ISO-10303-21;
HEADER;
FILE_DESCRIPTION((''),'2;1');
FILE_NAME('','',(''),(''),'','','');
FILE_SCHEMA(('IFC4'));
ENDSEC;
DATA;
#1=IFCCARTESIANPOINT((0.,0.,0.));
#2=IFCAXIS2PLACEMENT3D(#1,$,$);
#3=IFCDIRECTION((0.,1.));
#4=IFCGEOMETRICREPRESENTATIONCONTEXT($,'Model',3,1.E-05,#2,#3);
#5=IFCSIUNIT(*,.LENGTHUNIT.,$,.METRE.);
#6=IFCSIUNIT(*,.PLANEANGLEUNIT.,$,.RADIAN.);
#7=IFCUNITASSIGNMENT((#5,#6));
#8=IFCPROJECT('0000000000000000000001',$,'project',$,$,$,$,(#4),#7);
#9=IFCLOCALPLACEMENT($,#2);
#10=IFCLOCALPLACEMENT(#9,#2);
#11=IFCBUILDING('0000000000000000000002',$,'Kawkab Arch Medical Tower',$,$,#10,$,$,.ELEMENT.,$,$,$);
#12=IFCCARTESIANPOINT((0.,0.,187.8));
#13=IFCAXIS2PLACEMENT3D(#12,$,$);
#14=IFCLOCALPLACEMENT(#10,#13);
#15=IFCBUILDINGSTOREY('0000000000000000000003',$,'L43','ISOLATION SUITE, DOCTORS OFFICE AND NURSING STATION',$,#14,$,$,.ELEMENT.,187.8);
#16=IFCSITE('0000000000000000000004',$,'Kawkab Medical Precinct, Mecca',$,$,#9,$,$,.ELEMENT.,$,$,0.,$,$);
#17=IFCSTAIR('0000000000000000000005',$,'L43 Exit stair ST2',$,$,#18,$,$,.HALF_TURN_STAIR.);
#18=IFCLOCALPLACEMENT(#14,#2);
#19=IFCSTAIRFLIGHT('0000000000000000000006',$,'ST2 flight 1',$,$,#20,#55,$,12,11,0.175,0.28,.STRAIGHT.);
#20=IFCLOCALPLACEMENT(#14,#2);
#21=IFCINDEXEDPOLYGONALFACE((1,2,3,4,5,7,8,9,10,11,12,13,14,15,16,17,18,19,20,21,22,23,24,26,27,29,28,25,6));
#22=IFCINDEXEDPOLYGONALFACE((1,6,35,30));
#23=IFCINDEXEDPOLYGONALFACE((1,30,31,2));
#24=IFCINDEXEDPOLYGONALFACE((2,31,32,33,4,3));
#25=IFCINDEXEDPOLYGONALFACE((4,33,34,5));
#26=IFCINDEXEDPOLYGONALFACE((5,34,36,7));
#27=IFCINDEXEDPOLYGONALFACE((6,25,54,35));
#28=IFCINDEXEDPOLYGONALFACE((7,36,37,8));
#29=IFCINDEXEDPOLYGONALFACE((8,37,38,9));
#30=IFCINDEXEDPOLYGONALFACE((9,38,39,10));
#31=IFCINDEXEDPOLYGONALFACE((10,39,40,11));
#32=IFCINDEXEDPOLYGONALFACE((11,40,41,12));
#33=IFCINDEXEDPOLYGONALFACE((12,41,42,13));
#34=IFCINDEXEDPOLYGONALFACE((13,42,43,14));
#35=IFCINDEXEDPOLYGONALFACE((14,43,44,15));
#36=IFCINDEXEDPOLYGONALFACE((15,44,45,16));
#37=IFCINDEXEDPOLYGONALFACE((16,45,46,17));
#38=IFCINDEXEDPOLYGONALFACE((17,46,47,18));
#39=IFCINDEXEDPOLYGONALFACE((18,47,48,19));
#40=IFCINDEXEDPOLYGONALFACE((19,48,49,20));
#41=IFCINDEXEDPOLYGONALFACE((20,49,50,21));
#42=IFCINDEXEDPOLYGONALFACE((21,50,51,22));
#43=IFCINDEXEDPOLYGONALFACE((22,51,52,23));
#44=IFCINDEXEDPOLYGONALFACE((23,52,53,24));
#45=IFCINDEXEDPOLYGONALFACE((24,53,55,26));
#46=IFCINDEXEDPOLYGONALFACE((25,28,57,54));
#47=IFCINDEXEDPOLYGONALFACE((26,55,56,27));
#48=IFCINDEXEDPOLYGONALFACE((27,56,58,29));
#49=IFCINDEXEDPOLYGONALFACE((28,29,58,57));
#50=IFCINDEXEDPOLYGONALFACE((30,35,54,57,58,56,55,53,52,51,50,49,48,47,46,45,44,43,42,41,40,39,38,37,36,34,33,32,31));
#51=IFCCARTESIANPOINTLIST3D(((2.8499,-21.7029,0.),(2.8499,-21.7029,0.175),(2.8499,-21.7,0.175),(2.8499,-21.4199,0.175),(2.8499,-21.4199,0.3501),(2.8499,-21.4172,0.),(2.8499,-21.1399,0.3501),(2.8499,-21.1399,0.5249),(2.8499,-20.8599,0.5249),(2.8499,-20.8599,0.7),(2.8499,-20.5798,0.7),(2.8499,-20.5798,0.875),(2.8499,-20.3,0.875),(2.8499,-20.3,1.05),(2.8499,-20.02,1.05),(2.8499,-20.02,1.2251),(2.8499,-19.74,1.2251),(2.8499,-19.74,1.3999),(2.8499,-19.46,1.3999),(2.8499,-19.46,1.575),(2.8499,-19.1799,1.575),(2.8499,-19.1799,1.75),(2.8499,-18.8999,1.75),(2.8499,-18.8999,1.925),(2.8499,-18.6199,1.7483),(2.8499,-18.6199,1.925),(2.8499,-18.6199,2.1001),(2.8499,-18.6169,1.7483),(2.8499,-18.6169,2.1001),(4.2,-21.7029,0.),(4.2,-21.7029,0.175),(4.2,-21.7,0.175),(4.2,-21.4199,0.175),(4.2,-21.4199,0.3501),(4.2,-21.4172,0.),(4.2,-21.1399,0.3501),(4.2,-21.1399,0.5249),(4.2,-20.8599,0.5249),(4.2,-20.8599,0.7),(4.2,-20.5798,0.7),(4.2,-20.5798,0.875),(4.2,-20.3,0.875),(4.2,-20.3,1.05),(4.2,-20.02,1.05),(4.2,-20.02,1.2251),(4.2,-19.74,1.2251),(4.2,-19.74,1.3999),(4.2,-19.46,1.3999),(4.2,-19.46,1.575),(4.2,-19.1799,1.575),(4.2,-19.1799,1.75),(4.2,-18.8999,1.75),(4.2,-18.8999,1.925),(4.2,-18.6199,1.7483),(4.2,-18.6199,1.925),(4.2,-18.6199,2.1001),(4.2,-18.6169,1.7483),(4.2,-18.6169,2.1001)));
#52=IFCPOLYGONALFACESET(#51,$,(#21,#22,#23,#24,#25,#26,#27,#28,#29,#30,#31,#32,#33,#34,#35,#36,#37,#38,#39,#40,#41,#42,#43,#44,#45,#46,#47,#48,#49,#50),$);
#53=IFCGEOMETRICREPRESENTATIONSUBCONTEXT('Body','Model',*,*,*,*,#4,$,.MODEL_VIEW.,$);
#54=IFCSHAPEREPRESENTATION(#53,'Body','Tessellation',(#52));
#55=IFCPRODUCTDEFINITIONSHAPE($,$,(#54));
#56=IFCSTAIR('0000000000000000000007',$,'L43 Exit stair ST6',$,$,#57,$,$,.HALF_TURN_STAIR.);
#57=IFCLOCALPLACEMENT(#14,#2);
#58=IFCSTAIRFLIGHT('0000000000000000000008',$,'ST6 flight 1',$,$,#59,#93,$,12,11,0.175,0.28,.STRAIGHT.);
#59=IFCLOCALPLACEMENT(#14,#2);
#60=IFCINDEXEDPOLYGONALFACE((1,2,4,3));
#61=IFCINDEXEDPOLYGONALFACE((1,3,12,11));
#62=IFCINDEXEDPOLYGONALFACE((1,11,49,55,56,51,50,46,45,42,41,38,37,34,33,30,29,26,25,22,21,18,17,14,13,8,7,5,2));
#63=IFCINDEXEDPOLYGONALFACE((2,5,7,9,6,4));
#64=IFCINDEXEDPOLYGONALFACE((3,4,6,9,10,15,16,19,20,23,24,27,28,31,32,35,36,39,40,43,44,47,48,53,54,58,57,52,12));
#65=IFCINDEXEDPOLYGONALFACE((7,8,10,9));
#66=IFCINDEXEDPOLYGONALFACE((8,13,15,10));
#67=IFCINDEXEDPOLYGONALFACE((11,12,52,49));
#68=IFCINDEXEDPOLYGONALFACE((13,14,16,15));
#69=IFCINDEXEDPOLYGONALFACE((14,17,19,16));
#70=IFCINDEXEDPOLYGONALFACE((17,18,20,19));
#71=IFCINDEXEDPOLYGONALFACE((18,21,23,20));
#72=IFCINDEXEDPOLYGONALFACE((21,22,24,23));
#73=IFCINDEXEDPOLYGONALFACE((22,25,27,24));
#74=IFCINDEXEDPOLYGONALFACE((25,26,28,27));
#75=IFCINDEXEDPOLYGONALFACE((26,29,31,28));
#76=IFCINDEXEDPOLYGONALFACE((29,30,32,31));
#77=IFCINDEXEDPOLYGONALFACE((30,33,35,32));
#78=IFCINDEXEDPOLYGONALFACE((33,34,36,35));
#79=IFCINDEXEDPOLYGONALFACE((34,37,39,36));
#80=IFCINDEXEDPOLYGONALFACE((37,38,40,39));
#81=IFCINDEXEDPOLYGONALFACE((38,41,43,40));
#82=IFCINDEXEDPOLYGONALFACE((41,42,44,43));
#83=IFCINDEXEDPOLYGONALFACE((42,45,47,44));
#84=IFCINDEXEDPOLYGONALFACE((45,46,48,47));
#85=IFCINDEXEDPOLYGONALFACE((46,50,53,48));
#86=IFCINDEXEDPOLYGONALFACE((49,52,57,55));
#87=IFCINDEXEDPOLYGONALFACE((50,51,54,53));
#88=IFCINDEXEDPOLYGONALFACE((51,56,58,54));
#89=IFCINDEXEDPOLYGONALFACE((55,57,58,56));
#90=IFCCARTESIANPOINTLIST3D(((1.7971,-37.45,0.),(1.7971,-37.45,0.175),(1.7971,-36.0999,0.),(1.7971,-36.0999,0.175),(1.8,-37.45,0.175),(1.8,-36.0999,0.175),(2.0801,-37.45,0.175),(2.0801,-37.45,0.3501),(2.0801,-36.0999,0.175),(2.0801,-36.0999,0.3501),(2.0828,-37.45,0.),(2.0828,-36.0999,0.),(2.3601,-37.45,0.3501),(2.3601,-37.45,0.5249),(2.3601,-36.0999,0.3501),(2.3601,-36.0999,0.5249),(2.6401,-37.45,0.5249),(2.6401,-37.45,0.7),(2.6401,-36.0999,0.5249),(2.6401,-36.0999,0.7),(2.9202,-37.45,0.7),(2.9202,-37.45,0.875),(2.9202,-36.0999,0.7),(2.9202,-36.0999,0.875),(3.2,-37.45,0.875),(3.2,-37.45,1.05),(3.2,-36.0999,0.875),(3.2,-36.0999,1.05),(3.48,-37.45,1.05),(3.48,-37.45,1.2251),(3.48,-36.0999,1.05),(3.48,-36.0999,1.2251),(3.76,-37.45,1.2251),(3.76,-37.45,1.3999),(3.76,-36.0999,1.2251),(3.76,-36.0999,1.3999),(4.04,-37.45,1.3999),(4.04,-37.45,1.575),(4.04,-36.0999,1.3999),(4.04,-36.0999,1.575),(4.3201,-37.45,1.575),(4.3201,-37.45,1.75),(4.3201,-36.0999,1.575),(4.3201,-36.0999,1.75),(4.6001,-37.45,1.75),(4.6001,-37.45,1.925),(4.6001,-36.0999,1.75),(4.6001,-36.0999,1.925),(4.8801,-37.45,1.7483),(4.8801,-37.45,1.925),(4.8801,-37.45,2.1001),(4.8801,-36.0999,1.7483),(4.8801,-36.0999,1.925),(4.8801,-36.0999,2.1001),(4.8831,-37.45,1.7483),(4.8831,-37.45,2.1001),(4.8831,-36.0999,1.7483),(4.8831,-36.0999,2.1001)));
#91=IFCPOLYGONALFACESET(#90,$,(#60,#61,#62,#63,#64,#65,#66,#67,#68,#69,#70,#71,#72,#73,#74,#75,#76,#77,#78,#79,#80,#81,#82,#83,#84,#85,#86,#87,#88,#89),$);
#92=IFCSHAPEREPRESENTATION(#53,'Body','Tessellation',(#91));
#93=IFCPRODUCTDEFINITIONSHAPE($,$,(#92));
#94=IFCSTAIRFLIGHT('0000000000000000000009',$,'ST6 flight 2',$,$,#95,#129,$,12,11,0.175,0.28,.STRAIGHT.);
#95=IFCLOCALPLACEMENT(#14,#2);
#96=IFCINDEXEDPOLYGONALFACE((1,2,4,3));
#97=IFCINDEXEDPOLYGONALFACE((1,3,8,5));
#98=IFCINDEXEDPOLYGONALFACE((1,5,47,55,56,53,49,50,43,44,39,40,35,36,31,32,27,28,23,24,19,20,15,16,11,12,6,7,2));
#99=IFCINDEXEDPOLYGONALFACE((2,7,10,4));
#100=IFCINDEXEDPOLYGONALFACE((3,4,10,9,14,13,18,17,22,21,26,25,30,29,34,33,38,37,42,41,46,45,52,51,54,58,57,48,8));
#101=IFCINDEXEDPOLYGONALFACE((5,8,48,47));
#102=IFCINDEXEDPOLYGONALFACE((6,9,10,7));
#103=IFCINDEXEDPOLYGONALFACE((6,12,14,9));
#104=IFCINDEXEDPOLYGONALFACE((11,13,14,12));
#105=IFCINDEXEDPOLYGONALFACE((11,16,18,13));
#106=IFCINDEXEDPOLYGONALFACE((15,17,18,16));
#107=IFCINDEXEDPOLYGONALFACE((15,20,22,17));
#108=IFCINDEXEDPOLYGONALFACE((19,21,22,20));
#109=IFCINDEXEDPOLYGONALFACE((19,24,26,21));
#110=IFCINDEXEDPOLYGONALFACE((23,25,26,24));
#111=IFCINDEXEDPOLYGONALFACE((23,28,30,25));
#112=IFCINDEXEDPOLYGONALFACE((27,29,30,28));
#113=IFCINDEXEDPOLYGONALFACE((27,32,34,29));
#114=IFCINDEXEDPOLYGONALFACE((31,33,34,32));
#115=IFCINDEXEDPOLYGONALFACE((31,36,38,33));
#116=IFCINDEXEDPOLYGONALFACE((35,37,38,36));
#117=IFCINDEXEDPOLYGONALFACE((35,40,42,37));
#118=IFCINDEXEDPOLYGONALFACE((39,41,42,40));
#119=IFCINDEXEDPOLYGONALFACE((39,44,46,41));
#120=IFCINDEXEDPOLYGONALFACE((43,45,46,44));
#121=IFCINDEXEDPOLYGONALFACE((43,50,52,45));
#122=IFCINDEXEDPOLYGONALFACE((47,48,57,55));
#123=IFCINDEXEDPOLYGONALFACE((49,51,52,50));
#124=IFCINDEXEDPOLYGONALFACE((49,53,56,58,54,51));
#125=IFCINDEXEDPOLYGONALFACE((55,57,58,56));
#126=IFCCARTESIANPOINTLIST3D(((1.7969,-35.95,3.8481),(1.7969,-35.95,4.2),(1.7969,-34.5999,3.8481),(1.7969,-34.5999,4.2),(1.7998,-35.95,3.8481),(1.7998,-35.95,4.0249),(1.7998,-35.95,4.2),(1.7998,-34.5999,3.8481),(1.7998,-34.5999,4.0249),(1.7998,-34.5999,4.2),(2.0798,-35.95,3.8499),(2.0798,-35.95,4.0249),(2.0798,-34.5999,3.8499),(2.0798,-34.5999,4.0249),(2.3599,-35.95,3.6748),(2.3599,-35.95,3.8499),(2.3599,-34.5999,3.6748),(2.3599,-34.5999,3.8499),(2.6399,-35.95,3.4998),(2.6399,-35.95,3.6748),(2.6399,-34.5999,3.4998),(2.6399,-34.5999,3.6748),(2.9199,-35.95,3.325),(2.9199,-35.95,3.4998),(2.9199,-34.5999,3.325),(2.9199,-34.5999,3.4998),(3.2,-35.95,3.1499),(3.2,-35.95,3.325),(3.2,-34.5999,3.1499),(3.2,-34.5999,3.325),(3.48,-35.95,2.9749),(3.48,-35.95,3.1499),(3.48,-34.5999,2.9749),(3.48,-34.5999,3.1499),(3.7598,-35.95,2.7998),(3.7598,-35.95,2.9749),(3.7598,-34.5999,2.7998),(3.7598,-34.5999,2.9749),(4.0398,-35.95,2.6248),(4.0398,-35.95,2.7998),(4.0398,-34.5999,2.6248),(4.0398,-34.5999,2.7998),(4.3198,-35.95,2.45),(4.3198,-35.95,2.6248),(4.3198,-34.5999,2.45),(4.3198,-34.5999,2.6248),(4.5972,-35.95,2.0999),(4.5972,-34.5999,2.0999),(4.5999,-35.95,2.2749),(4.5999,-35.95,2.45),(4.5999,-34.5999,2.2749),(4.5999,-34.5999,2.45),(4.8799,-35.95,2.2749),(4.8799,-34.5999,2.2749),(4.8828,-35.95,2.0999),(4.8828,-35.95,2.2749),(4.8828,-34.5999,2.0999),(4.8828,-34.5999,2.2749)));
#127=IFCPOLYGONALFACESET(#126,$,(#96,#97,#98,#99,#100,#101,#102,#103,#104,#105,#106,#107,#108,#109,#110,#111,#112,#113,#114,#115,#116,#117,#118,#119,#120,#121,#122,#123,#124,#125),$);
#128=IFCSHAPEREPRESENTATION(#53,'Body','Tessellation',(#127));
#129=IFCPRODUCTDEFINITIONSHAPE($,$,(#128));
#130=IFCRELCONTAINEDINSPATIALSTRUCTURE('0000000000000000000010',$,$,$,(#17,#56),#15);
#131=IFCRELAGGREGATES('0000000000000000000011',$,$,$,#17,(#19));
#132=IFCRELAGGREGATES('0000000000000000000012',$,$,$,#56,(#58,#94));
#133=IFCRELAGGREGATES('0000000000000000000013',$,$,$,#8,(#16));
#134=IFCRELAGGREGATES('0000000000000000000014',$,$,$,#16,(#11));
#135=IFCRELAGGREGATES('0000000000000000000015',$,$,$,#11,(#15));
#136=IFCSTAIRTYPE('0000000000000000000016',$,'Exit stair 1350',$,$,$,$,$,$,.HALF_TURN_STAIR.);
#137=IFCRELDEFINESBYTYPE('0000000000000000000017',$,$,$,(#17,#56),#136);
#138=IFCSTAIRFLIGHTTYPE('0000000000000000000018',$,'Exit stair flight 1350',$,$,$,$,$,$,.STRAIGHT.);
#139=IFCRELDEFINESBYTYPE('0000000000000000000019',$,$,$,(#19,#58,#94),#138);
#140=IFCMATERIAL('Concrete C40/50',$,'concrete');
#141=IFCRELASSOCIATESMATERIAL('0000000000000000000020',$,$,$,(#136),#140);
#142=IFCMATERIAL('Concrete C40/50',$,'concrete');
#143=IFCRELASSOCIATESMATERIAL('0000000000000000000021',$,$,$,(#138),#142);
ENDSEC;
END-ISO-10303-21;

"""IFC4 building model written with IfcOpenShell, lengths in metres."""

from ifc_helpers import new_model, si_unit, direction, frame, origin, place, context, subcontext, project, spatial, polyline, outline, extrude, material, type_object, element, aggregate, save


model = new_model("IFC4")

# Units and contexts
model_context = context("Model", 3, precision=1e-05, world=origin(), true_north=direction((0.0, 1.0)))
body_context = subcontext(model_context, "Body", "Model", "MODEL_VIEW")
ifc_project = project(units=[si_unit("LENGTHUNIT", "METRE"), si_unit("PLANEANGLEUNIT", "RADIAN")], contexts=[model_context])

# Site, building, storey
site_placement = place(None, origin())
site = spatial("IfcSite", under=ifc_project, at=site_placement, Name="Kawkab Medical Precinct, Mecca", CompositionType="ELEMENT", RefElevation=0.0)
building_placement = place(site_placement, origin())
building = spatial("IfcBuilding", under=site, at=building_placement, Name="Kawkab Arch Medical Tower", CompositionType="ELEMENT")
storey_placement = place(building_placement, frame((0.0, 0.0, 187.8)))
storey = spatial("IfcBuildingStorey", under=building, at=storey_placement, Name="L43", Description="ISOLATION SUITE, DOCTORS OFFICE AND NURSING STATION", CompositionType="ELEMENT", Elevation=187.8)

# Stair, stair flight
ifc_material_1 = material(Name="Concrete C40/50", Category="concrete")
stair_type = type_object("IfcStairType", Name="Exit stair 1350", PredefinedType="HALF_TURN_STAIR", material=ifc_material_1)
placement = place(storey_placement, origin())
stair_1 = element("IfcStair", 1, at=placement, inside=storey, type_object=stair_type, Name="L43 Exit stair ST2", PredefinedType="HALF_TURN_STAIR")
ifc_material_2 = material(Name="Concrete C40/50", Category="concrete")
stair_flight_type = type_object("IfcStairFlightType", Name="Exit stair flight 1350", PredefinedType="STRAIGHT", material=ifc_material_2)
stair_flight_1_placement = place(storey_placement, frame((3.5249, -21.7, 0.0), z_axis=(0.0, 0.0, 1.0), x_axis=(0.0, 1.0, 0.0)))
stair_flight_1 = element("IfcStairFlight", 2, at=stair_flight_1_placement, type_object=stair_flight_type, Name="ST2 flight 1", NumberOfRisers=12, NumberOfTreads=11, PredefinedType="STRAIGHT", RiserHeight=0.175, TreadLength=0.28, context=body_context, shape_type="SweptSolid", body=[
    extrude(outline(polyline([(-0.0029, 0.0), (-0.0029, 0.175), (0.0, 0.175), (0.28, 0.175), (0.28, 0.3501), (0.5601, 0.3501), (0.5601, 0.5249), (0.8401, 0.5249), (0.8401, 0.7), (1.1201, 0.7), (1.1201, 0.875), (1.3999, 0.875), (1.3999, 1.05), (1.6799, 1.05), (1.6799, 1.2251), (1.96, 1.2251), (1.96, 1.3999), (2.24, 1.3999), (2.24, 1.575), (2.52, 1.575), (2.52, 1.75), (2.8, 1.75), (2.8, 1.925), (3.0801, 1.925), (3.0801, 2.1001), (3.083, 2.1001), (3.083, 1.7483), (3.0801, 1.7483), (0.2827, 0.0), (-0.0029, 0.0)])), frame((0.0, 0.675, 0.0), z_axis=(0.0, -1.0, 0.0), x_axis=(1.0, 0.0, 0.0)), (0.0, 0.0, 1.0), 1.3501),
])
aggregate(stair_1, [stair_flight_1])

# Stair, stair flights
stair_2 = element("IfcStair", 3, at=placement, inside=storey, type_object=stair_type, Name="L43 Exit stair ST6", PredefinedType="HALF_TURN_STAIR")
stair_flight_2_placement = place(storey_placement, frame((1.8, -36.7749, 0.0), z_axis=(0.0, 0.0, 1.0), x_axis=(1.0, 0.0, 0.0)))
stair_flight_2 = element("IfcStairFlight", 4, at=stair_flight_2_placement, type_object=stair_flight_type, Name="ST6 flight 1", NumberOfRisers=12, NumberOfTreads=11, PredefinedType="STRAIGHT", RiserHeight=0.175, TreadLength=0.28, context=body_context, shape_type="SweptSolid", body=[
    extrude(outline(polyline([(-0.0029, 0.0), (-0.0029, 0.175), (0.0, 0.175), (0.28, 0.175), (0.28, 0.3501), (0.5601, 0.3501), (0.5601, 0.5249), (0.8401, 0.5249), (0.8401, 0.7), (1.1201, 0.7), (1.1201, 0.875), (1.3999, 0.875), (1.3999, 1.05), (1.6799, 1.05), (1.6799, 1.2251), (1.96, 1.2251), (1.96, 1.3999), (2.24, 1.3999), (2.24, 1.575), (2.52, 1.575), (2.52, 1.75), (2.8, 1.75), (2.8, 1.925), (3.0801, 1.925), (3.0801, 2.1001), (3.083, 2.1001), (3.083, 1.7483), (3.0801, 1.7483), (0.2827, 0.0), (-0.0029, 0.0)])), frame((0.0, 0.675, 0.0), z_axis=(0.0, -1.0, 0.0), x_axis=(1.0, 0.0, 0.0)), (0.0, 0.0, 1.0), 1.3501),
])
stair_flight_3_placement = place(storey_placement, frame((4.8799, -35.2749, 2.0999), z_axis=(0.0, 0.0, 1.0), x_axis=(-1.0, 0.0, 0.0)))
stair_flight_3 = element("IfcStairFlight", 5, at=stair_flight_3_placement, type_object=stair_flight_type, Name="ST6 flight 2", NumberOfRisers=12, NumberOfTreads=11, PredefinedType="STRAIGHT", RiserHeight=0.175, TreadLength=0.28, context=body_context, shape_type="SweptSolid", body=[
    extrude(outline(polyline([(-0.0029, 0.0), (-0.0029, 0.175), (0.0, 0.175), (0.28, 0.175), (0.28, 0.3501), (0.5601, 0.3501), (0.5601, 0.5249), (0.8401, 0.5249), (0.8401, 0.7), (1.1201, 0.7), (1.1201, 0.875), (1.3999, 0.875), (1.3999, 1.05), (1.6799, 1.05), (1.6799, 1.2251), (1.96, 1.2251), (1.96, 1.3999), (2.24, 1.3999), (2.24, 1.575), (2.52, 1.575), (2.52, 1.75), (2.8, 1.75), (2.8, 1.925), (3.0801, 1.925), (3.0801, 2.1001), (3.083, 2.1001), (3.083, 1.7483), (3.0801, 1.7483), (0.2827, 0.0), (-0.0029, 0.0)])), frame((0.0, 0.675, 0.0), z_axis=(0.0, -1.0, 0.0), x_axis=(1.0, 0.0, 0.0)), (0.0, 0.0, 1.0), 1.3501),
])
aggregate(stair_2, [stair_flight_2, stair_flight_3])

save(model, "model.ifc")
